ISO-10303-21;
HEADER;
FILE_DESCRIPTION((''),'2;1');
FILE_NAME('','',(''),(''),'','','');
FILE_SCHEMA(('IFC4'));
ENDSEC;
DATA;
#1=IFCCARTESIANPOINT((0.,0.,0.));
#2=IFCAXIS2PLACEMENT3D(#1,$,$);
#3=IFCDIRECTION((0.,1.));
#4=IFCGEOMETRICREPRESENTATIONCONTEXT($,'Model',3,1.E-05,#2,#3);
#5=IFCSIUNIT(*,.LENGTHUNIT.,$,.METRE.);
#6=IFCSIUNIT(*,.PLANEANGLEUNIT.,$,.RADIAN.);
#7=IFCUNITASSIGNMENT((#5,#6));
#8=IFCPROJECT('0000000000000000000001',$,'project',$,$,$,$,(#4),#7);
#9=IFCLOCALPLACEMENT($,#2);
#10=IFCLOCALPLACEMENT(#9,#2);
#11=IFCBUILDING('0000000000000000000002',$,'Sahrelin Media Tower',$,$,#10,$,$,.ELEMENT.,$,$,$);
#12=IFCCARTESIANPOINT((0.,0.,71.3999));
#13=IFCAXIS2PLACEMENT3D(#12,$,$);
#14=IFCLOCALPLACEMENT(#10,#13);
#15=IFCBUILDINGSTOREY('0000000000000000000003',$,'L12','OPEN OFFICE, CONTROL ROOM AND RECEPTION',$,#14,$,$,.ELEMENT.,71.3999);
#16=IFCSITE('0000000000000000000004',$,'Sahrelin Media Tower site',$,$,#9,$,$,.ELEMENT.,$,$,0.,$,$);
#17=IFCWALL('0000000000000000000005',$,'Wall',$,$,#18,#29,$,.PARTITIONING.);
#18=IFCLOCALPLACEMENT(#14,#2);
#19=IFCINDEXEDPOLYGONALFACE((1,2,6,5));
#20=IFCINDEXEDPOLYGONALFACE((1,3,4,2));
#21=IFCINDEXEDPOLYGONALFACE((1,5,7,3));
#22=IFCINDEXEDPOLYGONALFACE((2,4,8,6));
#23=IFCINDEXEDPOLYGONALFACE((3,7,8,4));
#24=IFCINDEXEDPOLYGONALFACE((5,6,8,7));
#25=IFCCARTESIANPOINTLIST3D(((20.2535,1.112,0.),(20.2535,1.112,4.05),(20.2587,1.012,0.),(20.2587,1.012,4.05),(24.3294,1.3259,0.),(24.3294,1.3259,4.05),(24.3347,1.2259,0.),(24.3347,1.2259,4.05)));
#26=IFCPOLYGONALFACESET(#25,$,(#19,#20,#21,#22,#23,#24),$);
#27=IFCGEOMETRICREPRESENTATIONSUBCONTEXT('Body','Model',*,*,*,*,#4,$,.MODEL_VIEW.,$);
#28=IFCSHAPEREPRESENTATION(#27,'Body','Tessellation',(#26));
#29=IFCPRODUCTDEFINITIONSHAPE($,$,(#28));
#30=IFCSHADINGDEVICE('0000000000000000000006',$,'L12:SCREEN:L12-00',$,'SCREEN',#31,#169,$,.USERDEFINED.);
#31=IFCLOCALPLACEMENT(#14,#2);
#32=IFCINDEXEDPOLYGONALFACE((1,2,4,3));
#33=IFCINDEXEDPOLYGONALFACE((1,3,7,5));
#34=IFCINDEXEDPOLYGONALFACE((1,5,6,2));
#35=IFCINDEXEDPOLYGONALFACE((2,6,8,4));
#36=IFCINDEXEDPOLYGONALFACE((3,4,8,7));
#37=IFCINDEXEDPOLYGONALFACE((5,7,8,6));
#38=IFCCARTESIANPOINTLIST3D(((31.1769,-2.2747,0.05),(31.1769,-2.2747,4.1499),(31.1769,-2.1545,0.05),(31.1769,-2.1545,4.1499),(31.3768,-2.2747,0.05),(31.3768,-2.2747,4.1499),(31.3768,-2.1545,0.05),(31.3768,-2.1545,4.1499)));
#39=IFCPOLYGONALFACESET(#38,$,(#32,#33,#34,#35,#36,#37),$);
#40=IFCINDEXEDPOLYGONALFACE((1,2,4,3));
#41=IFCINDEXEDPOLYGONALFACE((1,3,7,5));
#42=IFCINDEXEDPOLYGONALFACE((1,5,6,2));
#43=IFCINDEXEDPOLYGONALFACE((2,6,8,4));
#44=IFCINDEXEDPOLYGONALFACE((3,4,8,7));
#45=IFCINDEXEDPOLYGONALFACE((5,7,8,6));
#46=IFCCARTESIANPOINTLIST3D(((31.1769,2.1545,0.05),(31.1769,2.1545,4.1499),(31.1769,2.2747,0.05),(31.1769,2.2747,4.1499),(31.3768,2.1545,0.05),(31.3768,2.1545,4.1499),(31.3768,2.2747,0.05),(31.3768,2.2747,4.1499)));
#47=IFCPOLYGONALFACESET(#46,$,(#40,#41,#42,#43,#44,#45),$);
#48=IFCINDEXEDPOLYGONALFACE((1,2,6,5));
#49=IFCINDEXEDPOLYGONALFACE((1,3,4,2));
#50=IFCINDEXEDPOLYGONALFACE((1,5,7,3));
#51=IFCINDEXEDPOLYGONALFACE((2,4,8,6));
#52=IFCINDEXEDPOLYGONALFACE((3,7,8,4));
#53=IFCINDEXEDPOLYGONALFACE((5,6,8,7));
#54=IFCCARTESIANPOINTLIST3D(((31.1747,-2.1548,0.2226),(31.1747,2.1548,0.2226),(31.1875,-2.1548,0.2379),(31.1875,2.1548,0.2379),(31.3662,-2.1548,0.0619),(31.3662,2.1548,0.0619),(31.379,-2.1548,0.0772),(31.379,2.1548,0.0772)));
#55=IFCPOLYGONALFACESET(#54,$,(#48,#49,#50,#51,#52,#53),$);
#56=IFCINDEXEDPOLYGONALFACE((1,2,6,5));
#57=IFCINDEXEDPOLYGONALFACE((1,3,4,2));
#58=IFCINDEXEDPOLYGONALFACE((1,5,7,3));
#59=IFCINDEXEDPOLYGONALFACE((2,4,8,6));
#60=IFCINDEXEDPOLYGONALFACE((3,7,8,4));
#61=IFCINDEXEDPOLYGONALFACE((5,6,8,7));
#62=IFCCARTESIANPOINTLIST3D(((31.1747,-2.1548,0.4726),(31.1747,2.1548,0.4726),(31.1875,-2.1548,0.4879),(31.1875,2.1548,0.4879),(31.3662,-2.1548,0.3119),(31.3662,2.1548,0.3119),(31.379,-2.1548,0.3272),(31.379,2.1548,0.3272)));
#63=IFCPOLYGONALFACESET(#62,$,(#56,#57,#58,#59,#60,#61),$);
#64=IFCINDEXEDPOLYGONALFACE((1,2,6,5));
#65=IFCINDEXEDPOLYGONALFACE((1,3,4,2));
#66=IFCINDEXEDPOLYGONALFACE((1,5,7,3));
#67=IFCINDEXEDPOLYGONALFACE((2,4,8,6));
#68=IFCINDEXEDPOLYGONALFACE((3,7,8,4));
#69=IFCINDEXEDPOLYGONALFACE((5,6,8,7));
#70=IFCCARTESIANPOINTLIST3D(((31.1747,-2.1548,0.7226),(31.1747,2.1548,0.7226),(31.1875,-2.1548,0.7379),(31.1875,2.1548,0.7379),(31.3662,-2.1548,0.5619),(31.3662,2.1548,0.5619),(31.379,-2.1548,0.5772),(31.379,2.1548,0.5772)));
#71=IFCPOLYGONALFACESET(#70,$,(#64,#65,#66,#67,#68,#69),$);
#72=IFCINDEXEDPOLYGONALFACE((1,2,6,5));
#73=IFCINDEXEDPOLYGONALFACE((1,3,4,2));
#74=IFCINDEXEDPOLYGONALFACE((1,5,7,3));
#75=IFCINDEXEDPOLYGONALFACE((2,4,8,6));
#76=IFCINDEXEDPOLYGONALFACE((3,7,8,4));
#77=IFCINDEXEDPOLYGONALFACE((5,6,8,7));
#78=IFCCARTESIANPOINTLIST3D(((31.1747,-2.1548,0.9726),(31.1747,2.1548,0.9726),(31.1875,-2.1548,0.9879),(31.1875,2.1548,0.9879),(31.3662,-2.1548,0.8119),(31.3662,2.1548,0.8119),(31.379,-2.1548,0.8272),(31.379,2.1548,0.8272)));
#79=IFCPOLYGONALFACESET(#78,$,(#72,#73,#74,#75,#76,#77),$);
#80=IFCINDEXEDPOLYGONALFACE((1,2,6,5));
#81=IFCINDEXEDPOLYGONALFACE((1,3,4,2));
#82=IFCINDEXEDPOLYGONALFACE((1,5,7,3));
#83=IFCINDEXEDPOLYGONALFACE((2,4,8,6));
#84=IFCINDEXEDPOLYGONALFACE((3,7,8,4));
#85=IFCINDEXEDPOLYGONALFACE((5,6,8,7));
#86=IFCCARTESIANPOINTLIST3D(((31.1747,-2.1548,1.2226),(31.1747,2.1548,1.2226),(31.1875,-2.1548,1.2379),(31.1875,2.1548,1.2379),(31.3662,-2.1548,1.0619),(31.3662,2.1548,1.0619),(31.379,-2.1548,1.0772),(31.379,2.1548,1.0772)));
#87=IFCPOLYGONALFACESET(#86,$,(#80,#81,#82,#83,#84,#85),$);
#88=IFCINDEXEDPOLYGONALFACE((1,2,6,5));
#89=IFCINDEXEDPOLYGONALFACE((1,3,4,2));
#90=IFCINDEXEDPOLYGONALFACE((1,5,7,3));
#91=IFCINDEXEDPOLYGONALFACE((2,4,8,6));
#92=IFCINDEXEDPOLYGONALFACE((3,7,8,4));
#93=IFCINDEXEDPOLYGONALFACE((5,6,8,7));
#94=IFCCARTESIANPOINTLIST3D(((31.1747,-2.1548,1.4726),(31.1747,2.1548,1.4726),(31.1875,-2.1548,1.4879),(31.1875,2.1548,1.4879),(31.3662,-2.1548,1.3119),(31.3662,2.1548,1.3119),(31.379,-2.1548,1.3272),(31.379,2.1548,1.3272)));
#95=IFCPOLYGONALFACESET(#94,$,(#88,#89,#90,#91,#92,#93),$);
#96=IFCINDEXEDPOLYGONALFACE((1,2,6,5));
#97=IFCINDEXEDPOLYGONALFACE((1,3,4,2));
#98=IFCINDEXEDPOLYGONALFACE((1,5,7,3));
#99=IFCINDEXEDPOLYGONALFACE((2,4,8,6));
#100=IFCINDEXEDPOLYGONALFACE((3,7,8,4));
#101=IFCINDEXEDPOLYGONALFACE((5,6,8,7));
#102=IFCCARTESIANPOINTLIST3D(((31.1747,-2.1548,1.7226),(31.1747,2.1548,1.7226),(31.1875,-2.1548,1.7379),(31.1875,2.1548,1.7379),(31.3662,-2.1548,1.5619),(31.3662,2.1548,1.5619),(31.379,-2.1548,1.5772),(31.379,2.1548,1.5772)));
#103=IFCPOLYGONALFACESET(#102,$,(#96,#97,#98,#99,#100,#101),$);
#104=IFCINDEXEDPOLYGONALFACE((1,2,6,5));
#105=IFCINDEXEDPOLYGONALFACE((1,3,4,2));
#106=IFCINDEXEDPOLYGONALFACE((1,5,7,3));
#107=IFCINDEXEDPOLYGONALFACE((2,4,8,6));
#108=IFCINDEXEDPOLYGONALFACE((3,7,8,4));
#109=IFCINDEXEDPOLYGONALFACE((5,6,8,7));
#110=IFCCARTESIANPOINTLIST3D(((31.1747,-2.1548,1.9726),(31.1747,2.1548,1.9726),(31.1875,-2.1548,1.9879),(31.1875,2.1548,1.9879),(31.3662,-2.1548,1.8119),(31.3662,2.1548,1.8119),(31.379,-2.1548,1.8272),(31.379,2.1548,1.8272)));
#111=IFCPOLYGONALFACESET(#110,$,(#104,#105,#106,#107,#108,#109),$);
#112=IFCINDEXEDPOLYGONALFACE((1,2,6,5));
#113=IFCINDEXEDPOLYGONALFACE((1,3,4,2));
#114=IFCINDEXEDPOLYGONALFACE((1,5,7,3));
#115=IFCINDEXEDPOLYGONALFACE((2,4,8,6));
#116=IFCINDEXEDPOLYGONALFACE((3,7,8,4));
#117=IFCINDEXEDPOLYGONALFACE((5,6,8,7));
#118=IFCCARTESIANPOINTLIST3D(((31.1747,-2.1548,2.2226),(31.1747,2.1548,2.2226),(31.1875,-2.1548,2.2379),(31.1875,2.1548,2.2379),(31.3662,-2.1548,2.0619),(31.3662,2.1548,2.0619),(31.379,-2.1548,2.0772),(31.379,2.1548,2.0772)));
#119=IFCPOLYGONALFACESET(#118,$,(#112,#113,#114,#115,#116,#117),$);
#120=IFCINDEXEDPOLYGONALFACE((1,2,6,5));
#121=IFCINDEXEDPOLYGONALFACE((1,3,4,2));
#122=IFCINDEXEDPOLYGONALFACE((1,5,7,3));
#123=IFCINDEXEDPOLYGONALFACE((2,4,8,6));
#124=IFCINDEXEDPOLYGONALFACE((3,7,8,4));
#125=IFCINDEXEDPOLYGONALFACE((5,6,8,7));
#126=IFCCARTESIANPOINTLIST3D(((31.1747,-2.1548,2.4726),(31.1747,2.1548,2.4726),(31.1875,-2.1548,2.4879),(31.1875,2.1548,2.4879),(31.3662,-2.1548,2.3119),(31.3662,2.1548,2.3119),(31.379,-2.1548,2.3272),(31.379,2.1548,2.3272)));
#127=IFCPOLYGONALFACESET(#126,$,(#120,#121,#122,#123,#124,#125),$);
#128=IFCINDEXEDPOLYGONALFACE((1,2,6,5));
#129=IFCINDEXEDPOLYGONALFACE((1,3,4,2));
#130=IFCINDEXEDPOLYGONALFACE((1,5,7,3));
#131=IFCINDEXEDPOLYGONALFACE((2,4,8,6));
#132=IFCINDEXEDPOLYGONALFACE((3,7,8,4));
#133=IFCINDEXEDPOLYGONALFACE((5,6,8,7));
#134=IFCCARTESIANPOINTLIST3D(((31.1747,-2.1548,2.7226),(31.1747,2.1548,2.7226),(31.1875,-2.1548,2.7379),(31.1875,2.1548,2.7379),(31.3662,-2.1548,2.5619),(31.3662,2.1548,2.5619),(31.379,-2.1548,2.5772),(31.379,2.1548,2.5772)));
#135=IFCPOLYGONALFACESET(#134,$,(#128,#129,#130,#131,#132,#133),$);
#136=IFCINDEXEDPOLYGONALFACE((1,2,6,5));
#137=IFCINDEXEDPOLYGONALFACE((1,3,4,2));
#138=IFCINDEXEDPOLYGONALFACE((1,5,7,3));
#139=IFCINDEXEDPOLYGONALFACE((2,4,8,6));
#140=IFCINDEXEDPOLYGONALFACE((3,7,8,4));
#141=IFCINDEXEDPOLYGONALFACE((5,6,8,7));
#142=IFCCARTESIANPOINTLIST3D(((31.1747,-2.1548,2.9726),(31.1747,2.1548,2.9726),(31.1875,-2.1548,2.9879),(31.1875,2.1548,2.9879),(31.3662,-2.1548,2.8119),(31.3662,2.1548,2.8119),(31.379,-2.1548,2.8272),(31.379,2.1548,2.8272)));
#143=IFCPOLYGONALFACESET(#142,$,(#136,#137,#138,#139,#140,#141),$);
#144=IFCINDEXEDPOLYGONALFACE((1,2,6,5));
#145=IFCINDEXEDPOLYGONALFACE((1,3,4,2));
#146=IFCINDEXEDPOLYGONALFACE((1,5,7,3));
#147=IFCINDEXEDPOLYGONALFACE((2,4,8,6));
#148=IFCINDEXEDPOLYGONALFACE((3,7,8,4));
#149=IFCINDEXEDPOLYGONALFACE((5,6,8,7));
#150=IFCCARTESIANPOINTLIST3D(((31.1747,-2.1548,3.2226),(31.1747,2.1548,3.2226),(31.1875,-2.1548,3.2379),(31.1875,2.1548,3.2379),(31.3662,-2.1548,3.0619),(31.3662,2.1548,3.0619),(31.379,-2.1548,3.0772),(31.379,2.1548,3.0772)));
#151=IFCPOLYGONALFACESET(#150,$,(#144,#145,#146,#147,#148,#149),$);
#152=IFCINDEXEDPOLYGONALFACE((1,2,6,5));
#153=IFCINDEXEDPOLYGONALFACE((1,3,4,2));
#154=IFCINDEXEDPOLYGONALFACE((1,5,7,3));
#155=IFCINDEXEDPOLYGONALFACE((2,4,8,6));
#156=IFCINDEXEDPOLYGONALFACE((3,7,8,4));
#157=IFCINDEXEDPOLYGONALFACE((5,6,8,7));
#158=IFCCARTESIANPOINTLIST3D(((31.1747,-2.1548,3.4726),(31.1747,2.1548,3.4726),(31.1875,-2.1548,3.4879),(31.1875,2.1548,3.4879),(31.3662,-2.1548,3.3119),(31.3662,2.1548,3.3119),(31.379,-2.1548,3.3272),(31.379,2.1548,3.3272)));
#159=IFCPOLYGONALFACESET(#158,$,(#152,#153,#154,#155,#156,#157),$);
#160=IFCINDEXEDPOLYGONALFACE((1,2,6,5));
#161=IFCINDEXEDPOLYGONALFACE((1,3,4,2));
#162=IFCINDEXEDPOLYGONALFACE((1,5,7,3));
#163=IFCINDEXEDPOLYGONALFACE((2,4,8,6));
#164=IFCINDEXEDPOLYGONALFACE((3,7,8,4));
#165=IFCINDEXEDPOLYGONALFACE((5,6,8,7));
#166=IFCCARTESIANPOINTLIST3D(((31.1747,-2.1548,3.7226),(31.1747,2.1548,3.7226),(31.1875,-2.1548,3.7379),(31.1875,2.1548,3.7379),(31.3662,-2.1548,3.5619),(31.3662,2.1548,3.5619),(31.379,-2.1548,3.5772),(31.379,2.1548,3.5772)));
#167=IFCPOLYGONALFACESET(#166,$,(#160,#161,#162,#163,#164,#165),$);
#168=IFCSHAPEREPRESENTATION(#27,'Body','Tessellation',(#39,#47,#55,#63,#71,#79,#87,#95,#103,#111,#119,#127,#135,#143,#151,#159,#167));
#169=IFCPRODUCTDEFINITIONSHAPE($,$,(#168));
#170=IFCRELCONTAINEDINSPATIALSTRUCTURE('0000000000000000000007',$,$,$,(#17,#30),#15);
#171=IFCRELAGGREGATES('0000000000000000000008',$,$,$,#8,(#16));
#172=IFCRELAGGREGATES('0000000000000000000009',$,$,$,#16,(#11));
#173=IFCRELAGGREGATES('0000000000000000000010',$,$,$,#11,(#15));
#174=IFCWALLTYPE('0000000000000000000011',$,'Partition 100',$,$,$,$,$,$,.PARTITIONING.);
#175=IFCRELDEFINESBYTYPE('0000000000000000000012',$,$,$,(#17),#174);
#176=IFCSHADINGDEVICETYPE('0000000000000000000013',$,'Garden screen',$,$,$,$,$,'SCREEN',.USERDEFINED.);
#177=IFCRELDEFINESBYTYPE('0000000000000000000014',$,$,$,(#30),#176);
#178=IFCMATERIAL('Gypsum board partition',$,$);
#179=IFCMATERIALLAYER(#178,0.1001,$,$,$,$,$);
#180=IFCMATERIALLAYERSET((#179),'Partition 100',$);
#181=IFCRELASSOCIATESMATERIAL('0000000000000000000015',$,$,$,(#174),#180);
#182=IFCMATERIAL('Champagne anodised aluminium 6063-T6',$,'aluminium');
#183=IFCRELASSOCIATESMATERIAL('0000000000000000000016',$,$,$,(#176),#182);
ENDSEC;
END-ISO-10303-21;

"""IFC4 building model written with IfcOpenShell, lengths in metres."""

from ifc_helpers import new_model, si_unit, direction, frame, frame_2d, origin, origin_2d, place, context, subcontext, project, spatial, rectangle, extrude, material, layer, layer_set, type_object, element, save


model = new_model("IFC4")

# Units and contexts
model_context = context("Model", 3, precision=1e-05, world=origin(), true_north=direction((0.0, 1.0)))
body_context = subcontext(model_context, "Body", "Model", "MODEL_VIEW")
ifc_project = project(units=[si_unit("LENGTHUNIT", "METRE"), si_unit("PLANEANGLEUNIT", "RADIAN")], contexts=[model_context])

# Site, building, storey
site_placement = place(None, origin())
site = spatial("IfcSite", under=ifc_project, at=site_placement, Name="Sahrelin Media Tower site", CompositionType="ELEMENT", RefElevation=0.0)
building_placement = place(site_placement, origin())
building = spatial("IfcBuilding", under=site, at=building_placement, Name="Sahrelin Media Tower", CompositionType="ELEMENT")
storey_placement = place(building_placement, frame((0.0, 0.0, 71.3999)))
storey = spatial("IfcBuildingStorey", under=building, at=storey_placement, Name="L12", Description="OPEN OFFICE, CONTROL ROOM AND RECEPTION", CompositionType="ELEMENT", Elevation=71.3999)

# Shared definitions
ifc_material_1 = material(Name="Gypsum board partition")
ifc_layer_1 = layer(ifc_material_1, 0.1001)
ifc_layer_set_1 = layer_set([ifc_layer_1], Name="Partition 100")
wall_type_1 = type_object("IfcWallType", Name="Partition 100", PredefinedType="PARTITIONING", material=ifc_layer_set_1)

# Wall
wall_1_placement = place(storey_placement, frame((20.2561, 1.062, 0.0), z_axis=(0.0, 0.0, 1.0), x_axis=(0.998626, 0.052399, 0.0)))
element("IfcWall", 1, at=wall_1_placement, inside=storey, type_object=wall_type_1, Name="Wall", PredefinedType="PARTITIONING", context=body_context, shape_type="SweptSolid", body=[
    extrude(rectangle(XDim=4.0815, YDim=0.1001, at=frame_2d((2.0408, 0.0))), origin(), (0.0, 0.0, 1.0), 4.05),
])

# Shading device
ifc_material_2 = material(Name="Champagne anodised aluminium 6063-T6", Category="aluminium")
shading_device_type = type_object("IfcShadingDeviceType", Name="Garden screen", ElementType="SCREEN", PredefinedType="USERDEFINED", material=ifc_material_2)
shading_device_1_placement = place(storey_placement, frame((31.1768, 0.0, 0.0), z_axis=(0.0, 0.0, 1.0), x_axis=(0.0, -1.0, 0.0)))
element("IfcShadingDevice", 2, at=shading_device_1_placement, inside=storey, type_object=shading_device_type, Name="L12:SCREEN:L12-00", ObjectType="SCREEN", PredefinedType="USERDEFINED", context=body_context, shape_type="SweptSolid", body=[
    extrude(rectangle(XDim=0.1201, YDim=0.2, at=origin_2d()), frame((2.2146, 0.1001, 0.05), z_axis=(0.0, 0.0, 1.0), x_axis=(1.0, 0.0, 0.0)), (0.0, 0.0, 1.0), 4.0999),
    extrude(rectangle(XDim=0.1201, YDim=0.2, at=origin_2d()), frame((-2.2146, 0.1001, 0.05), z_axis=(0.0, 0.0, 1.0), x_axis=(1.0, 0.0, 0.0)), (0.0, 0.0, 1.0), 4.0999),
    extrude(rectangle(XDim=0.25, YDim=0.02, at=origin_2d()), frame((2.1548, 0.1001, 0.1499), z_axis=(-1.0, 0.0, 0.0), x_axis=(0.0, -0.766044, 0.642788)), (0.0, 0.0, 1.0), 4.3096),
    extrude(rectangle(XDim=0.25, YDim=0.02, at=origin_2d()), frame((2.1548, 0.1001, 0.3999), z_axis=(-1.0, 0.0, 0.0), x_axis=(0.0, -0.766044, 0.642788)), (0.0, 0.0, 1.0), 4.3096),
    extrude(rectangle(XDim=0.25, YDim=0.02, at=origin_2d()), frame((2.1548, 0.1001, 0.6499), z_axis=(-1.0, 0.0, 0.0), x_axis=(0.0, -0.766044, 0.642788)), (0.0, 0.0, 1.0), 4.3096),
    extrude(rectangle(XDim=0.25, YDim=0.02, at=origin_2d()), frame((2.1548, 0.1001, 0.8999), z_axis=(-1.0, 0.0, 0.0), x_axis=(0.0, -0.766044, 0.642788)), (0.0, 0.0, 1.0), 4.3096),
    extrude(rectangle(XDim=0.25, YDim=0.02, at=origin_2d()), frame((2.1548, 0.1001, 1.1499), z_axis=(-1.0, 0.0, 0.0), x_axis=(0.0, -0.766044, 0.642788)), (0.0, 0.0, 1.0), 4.3096),
    extrude(rectangle(XDim=0.25, YDim=0.02, at=origin_2d()), frame((2.1548, 0.1001, 1.3999), z_axis=(-1.0, 0.0, 0.0), x_axis=(0.0, -0.766044, 0.642788)), (0.0, 0.0, 1.0), 4.3096),
    extrude(rectangle(XDim=0.25, YDim=0.02, at=origin_2d()), frame((2.1548, 0.1001, 1.6499), z_axis=(-1.0, 0.0, 0.0), x_axis=(0.0, -0.766044, 0.642788)), (0.0, 0.0, 1.0), 4.3096),
    extrude(rectangle(XDim=0.25, YDim=0.02, at=origin_2d()), frame((2.1548, 0.1001, 1.8999), z_axis=(-1.0, 0.0, 0.0), x_axis=(0.0, -0.766044, 0.642788)), (0.0, 0.0, 1.0), 4.3096),
    extrude(rectangle(XDim=0.25, YDim=0.02, at=origin_2d()), frame((2.1548, 0.1001, 2.1499), z_axis=(-1.0, 0.0, 0.0), x_axis=(0.0, -0.766044, 0.642788)), (0.0, 0.0, 1.0), 4.3096),
    extrude(rectangle(XDim=0.25, YDim=0.02, at=origin_2d()), frame((2.1548, 0.1001, 2.3999), z_axis=(-1.0, 0.0, 0.0), x_axis=(0.0, -0.766044, 0.642788)), (0.0, 0.0, 1.0), 4.3096),
    extrude(rectangle(XDim=0.25, YDim=0.02, at=origin_2d()), frame((2.1548, 0.1001, 2.6499), z_axis=(-1.0, 0.0, 0.0), x_axis=(0.0, -0.766044, 0.642788)), (0.0, 0.0, 1.0), 4.3096),
    extrude(rectangle(XDim=0.25, YDim=0.02, at=origin_2d()), frame((2.1548, 0.1001, 2.8999), z_axis=(-1.0, 0.0, 0.0), x_axis=(0.0, -0.766044, 0.642788)), (0.0, 0.0, 1.0), 4.3096),
    extrude(rectangle(XDim=0.25, YDim=0.02, at=origin_2d()), frame((2.1548, 0.1001, 3.1499), z_axis=(-1.0, 0.0, 0.0), x_axis=(0.0, -0.766044, 0.642788)), (0.0, 0.0, 1.0), 4.3096),
    extrude(rectangle(XDim=0.25, YDim=0.02, at=origin_2d()), frame((2.1548, 0.1001, 3.3999), z_axis=(-1.0, 0.0, 0.0), x_axis=(0.0, -0.766044, 0.642788)), (0.0, 0.0, 1.0), 4.3096),
    extrude(rectangle(XDim=0.25, YDim=0.02, at=origin_2d()), frame((2.1548, 0.1001, 3.6499), z_axis=(-1.0, 0.0, 0.0), x_axis=(0.0, -0.766044, 0.642788)), (0.0, 0.0, 1.0), 4.3096),
])

save(model, "model.ifc")
